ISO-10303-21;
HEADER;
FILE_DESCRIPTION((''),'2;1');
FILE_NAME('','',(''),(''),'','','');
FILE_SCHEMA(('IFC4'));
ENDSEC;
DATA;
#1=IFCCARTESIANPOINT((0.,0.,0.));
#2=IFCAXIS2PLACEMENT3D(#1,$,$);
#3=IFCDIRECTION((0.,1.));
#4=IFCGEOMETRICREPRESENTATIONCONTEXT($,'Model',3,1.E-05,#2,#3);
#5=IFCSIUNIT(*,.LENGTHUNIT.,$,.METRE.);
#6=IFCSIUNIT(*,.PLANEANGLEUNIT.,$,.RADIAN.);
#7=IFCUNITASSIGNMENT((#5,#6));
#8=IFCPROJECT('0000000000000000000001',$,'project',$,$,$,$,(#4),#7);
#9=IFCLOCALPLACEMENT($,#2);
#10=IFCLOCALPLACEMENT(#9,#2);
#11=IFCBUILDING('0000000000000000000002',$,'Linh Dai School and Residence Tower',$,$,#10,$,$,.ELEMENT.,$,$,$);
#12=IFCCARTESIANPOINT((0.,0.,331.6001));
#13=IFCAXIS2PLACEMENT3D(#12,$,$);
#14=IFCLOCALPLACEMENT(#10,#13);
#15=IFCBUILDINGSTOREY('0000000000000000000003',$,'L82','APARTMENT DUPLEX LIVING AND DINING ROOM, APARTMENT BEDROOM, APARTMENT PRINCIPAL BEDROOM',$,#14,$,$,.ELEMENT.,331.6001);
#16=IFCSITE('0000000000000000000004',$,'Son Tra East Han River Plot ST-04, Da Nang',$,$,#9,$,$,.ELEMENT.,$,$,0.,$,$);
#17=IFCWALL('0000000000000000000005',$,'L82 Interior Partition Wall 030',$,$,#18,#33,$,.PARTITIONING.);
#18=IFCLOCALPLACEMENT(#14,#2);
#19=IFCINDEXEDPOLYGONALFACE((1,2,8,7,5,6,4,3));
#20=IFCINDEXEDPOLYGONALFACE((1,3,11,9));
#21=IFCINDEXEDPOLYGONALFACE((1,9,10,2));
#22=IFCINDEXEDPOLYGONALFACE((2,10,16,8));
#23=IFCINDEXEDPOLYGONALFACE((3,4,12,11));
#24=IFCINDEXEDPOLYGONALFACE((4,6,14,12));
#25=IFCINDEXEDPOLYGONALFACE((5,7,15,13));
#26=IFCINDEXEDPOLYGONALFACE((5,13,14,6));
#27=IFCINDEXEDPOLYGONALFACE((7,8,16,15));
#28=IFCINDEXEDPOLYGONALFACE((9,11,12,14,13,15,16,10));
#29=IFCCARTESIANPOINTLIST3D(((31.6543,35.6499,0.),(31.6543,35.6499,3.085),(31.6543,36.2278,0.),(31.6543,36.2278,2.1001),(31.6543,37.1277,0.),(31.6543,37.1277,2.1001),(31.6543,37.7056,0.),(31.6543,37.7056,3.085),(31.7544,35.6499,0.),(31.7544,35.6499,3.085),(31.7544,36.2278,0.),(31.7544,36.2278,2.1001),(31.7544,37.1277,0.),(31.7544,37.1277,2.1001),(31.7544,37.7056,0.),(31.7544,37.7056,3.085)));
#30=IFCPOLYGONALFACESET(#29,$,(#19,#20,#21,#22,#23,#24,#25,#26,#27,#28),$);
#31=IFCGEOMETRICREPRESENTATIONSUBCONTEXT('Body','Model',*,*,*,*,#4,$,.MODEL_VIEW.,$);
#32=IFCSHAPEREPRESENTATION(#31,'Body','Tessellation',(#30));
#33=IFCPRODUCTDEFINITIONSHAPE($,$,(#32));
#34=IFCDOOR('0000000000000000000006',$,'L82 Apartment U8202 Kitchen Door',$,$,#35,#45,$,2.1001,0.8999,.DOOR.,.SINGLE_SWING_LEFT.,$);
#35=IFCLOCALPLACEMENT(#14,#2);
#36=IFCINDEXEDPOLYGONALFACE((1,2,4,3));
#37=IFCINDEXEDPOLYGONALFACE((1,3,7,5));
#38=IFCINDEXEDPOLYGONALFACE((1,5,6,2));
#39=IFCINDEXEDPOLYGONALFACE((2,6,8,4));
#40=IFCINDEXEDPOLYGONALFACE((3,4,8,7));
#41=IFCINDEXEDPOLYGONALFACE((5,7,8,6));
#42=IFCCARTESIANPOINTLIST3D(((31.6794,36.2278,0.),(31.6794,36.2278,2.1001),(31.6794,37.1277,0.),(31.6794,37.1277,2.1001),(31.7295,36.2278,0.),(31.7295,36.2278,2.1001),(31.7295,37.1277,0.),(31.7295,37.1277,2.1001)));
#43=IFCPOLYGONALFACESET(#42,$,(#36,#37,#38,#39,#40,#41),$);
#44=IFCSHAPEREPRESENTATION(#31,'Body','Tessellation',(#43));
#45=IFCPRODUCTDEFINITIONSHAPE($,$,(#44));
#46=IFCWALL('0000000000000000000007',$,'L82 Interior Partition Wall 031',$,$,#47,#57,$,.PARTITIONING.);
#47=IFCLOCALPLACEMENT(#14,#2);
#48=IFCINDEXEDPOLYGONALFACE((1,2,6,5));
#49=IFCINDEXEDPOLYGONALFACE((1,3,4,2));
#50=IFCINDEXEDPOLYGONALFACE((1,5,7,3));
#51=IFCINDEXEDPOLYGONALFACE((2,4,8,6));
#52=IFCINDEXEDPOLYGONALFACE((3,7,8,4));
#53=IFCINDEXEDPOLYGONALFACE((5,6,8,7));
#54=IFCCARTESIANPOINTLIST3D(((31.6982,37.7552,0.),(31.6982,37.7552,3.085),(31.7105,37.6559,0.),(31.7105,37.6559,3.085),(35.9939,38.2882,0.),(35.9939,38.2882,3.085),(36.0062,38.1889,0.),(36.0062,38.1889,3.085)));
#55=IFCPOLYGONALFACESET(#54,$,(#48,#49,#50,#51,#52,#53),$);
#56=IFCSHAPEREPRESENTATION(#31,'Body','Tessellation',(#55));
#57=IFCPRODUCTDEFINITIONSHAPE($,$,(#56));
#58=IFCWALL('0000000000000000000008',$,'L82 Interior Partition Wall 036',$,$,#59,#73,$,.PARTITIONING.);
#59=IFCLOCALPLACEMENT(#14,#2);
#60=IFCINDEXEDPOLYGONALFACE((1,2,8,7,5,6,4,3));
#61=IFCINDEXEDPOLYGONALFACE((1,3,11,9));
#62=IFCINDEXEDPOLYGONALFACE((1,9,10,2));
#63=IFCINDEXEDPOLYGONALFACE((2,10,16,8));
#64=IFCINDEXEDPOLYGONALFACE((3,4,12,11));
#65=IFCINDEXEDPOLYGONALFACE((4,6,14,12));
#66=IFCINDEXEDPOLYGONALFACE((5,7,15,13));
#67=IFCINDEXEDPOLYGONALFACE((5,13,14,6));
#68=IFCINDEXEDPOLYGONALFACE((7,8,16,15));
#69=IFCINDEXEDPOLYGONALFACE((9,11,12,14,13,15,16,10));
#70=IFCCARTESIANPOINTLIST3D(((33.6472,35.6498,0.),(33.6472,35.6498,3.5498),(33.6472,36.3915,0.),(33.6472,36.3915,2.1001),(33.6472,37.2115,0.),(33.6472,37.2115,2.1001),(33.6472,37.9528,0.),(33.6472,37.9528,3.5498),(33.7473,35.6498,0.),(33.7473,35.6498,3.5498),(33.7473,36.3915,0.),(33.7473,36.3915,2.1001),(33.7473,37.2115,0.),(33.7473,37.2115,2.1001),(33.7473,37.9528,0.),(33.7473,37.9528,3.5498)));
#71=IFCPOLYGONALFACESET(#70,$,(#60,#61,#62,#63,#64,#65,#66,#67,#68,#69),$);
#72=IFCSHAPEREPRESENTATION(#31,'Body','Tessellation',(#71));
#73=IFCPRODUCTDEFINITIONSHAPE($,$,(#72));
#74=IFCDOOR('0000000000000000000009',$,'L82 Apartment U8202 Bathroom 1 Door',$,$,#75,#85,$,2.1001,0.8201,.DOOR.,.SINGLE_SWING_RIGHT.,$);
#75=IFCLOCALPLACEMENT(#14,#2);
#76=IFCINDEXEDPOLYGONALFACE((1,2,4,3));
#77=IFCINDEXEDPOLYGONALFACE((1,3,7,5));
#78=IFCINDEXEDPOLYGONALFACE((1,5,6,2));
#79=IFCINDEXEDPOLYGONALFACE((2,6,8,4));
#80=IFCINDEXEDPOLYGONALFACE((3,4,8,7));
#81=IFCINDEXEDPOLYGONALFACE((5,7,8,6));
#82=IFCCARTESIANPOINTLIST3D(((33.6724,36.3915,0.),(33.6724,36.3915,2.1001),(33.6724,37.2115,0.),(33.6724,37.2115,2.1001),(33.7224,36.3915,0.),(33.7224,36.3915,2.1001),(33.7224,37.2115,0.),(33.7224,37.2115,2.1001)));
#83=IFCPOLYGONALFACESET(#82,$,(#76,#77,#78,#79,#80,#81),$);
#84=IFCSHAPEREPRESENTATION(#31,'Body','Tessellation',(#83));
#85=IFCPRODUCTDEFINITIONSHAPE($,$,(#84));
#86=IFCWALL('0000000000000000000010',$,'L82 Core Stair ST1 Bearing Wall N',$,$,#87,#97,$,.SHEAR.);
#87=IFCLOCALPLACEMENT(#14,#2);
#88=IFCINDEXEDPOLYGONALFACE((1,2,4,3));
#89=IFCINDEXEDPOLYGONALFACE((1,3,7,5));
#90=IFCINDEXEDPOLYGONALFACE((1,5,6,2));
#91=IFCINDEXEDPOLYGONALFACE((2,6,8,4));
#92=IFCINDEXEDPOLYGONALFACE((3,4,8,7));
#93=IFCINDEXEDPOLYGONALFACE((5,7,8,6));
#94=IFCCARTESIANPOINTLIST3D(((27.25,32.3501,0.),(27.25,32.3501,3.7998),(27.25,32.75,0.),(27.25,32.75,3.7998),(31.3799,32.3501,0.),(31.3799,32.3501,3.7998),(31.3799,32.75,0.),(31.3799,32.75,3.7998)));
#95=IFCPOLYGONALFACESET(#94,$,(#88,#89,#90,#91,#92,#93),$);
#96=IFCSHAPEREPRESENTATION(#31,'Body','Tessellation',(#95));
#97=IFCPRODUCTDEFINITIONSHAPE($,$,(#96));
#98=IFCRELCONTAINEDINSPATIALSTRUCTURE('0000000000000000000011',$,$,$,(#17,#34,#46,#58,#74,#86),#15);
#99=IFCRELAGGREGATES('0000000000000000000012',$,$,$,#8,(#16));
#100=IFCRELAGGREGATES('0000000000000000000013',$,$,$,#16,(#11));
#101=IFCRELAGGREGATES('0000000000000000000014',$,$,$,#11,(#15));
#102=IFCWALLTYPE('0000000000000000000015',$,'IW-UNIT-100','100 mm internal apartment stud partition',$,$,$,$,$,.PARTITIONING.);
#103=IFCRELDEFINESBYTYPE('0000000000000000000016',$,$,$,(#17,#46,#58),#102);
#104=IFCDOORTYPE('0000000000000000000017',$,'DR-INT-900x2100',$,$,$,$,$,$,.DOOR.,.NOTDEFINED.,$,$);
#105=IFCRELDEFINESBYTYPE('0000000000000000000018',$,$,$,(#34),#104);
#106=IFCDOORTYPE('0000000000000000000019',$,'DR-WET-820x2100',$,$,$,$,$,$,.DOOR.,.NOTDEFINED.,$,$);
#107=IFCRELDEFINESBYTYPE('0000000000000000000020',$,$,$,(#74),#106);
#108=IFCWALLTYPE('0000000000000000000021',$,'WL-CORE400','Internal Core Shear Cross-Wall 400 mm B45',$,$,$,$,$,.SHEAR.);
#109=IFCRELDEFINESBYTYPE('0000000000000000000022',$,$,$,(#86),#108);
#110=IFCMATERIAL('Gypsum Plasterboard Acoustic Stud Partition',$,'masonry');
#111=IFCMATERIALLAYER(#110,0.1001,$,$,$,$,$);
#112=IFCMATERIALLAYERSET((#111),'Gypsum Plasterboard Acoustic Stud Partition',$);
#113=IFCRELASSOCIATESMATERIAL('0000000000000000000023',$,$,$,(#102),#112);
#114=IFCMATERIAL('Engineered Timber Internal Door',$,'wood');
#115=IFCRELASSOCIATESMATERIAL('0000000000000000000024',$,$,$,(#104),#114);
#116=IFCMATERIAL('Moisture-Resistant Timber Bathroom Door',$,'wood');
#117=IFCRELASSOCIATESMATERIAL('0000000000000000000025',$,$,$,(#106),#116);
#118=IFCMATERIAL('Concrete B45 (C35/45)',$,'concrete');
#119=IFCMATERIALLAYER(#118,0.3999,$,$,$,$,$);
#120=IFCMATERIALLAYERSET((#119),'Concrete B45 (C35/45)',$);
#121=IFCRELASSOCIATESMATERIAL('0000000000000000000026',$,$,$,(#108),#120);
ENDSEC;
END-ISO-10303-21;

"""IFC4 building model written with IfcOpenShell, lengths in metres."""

from ifc_helpers import new_model, si_unit, direction, frame, frame_2d, origin, origin_2d, place, context, subcontext, project, spatial, rectangle, extrude, source, transform, mapped, material, layer, layer_set, type_object, element, fill, save


model = new_model("IFC4")

# Units and contexts
model_context = context("Model", 3, precision=1e-05, world=origin(), true_north=direction((0.0, 1.0)))
body_context = subcontext(model_context, "Body", "Model", "MODEL_VIEW")
ifc_project = project(units=[si_unit("LENGTHUNIT", "METRE"), si_unit("PLANEANGLEUNIT", "RADIAN")], contexts=[model_context])

# Site, building, storey
site_placement = place(None, origin())
site = spatial("IfcSite", under=ifc_project, at=site_placement, Name="Son Tra East Han River Plot ST-04, Da Nang", CompositionType="ELEMENT", RefElevation=0.0)
building_placement = place(site_placement, origin())
building = spatial("IfcBuilding", under=site, at=building_placement, Name="Linh Dai School and Residence Tower", CompositionType="ELEMENT")
storey_placement = place(building_placement, frame((0.0, 0.0, 331.6001)))
storey = spatial("IfcBuildingStorey", under=building, at=storey_placement, Name="L82", Description="APARTMENT DUPLEX LIVING AND DINING ROOM, APARTMENT BEDROOM, APARTMENT PRINCIPAL BEDROOM", CompositionType="ELEMENT", Elevation=331.6001)

# Shared definitions
ifc_material_1 = material(Name="Concrete B45 (C35/45)", Category="concrete")

# Shared definitions
ifc_material_2 = material(Name="Gypsum Plasterboard Acoustic Stud Partition", Category="masonry")
ifc_layer_1 = layer(ifc_material_2, 0.1001)
ifc_layer_set_1 = layer_set([ifc_layer_1], Name="Gypsum Plasterboard Acoustic Stud Partition")
wall_type_1 = type_object("IfcWallType", Name="IW-UNIT-100", Description="100 mm internal apartment stud partition", PredefinedType="PARTITIONING", material=ifc_layer_set_1)
ifc_material_3 = material(Name="Engineered Timber Internal Door", Category="wood")
door_type_1 = type_object("IfcDoorType", Name="DR-INT-900x2100", OperationType="NOTDEFINED", PredefinedType="DOOR", material=ifc_material_3)
shared_shape_1 = source(origin(), body_context, "Body", "SweptSolid", [
    extrude(rectangle(XDim=0.8999, YDim=2.1001, at=origin_2d()), frame((0.45, 0.0249, 1.05), z_axis=(0.0, -1.0, 0.0), x_axis=(1.0, 0.0, 0.0)), (0.0, 0.0, 1.0), 0.05),
])

# Wall, opening, door
wall_1_placement = place(storey_placement, frame((31.7043, 35.6499, 0.0), z_axis=(0.0, 0.0, 1.0), x_axis=(0.0, 1.0, 0.0)))
wall_1 = element("IfcWall", 1, at=wall_1_placement, inside=storey, type_object=wall_type_1, Name="L82 Interior Partition Wall 030", PredefinedType="PARTITIONING", context=body_context, shape_type="SweptSolid", body=[
    extrude(rectangle(XDim=2.0557, YDim=0.1001, at=frame_2d((1.0278, 0.0))), origin(), (0.0, 0.0, 1.0), 3.085),
])
opening_1_placement = place(wall_1_placement, frame((0.5779, 0.0, 0.0)))
opening_1 = element("IfcOpeningElement", 2, at=opening_1_placement, cuts=wall_1, PredefinedType="OPENING", context=body_context, shape_type="SweptSolid", body=[
    extrude(rectangle(XDim=0.8999, YDim=2.1001, at=origin_2d()), frame((0.45, 0.0601, 1.05), z_axis=(0.0, -1.0, 0.0), x_axis=(1.0, 0.0, 0.0)), (0.0, 0.0, 1.0), 0.1201),
])
door_1_placement = place(opening_1_placement, origin())
door_1 = element("IfcDoor", 3, at=door_1_placement, inside=storey, type_object=door_type_1, Name="L82 Apartment U8202 Kitchen Door", OperationType="SINGLE_SWING_LEFT", OverallHeight=2.1001, OverallWidth=0.8999, PredefinedType="DOOR", context=body_context, shape_type="MappedRepresentation", body=[
    mapped(shared_shape_1, transform((0.0, 0.0, 0.0), x_axis=(1.0, 0.0, 0.0), y_axis=(0.0, 1.0, 0.0), z_axis=(0.0, 0.0, 1.0), scale=1.0)),
])
fill(opening_1, door_1)

# Wall
wall_2_placement = place(storey_placement, frame((31.7043, 37.7056, 0.0), z_axis=(0.0, 0.0, 1.0), x_axis=(0.992391, 0.123125, 0.0)))
element("IfcWall", 4, at=wall_2_placement, inside=storey, type_object=wall_type_1, Name="L82 Interior Partition Wall 031", PredefinedType="PARTITIONING", context=body_context, shape_type="SweptSolid", body=[
    extrude(rectangle(XDim=4.3286, YDim=0.1001, at=frame_2d((2.1643, 0.0))), origin(), (0.0, 0.0, 1.0), 3.085),
])

# Wall, opening, door
wall_3_placement = place(storey_placement, frame((33.6973, 35.6499, 0.0), z_axis=(0.0, 0.0, 1.0), x_axis=(0.0, 1.0, 0.0)))
wall_3 = element("IfcWall", 5, at=wall_3_placement, inside=storey, type_object=wall_type_1, Name="L82 Interior Partition Wall 036", PredefinedType="PARTITIONING", context=body_context, shape_type="SweptSolid", body=[
    extrude(rectangle(XDim=2.303, YDim=0.1001, at=frame_2d((1.1514, 0.0))), origin(), (0.0, 0.0, 1.0), 3.5498),
])
opening_2_placement = place(wall_3_placement, frame((0.7415, 0.0, 0.0)))
opening_2 = element("IfcOpeningElement", 6, at=opening_2_placement, cuts=wall_3, PredefinedType="OPENING", context=body_context, shape_type="SweptSolid", body=[
    extrude(rectangle(XDim=0.8201, YDim=2.1001, at=origin_2d()), frame((0.4102, 0.0601, 1.05), z_axis=(0.0, -1.0, 0.0), x_axis=(1.0, 0.0, 0.0)), (0.0, 0.0, 1.0), 0.1201),
])
ifc_material_4 = material(Name="Moisture-Resistant Timber Bathroom Door", Category="wood")
door_type_2 = type_object("IfcDoorType", Name="DR-WET-820x2100", OperationType="NOTDEFINED", PredefinedType="DOOR", material=ifc_material_4)
shared_shape_2 = source(origin(), body_context, "Body", "SweptSolid", [
    extrude(rectangle(XDim=0.8201, YDim=2.1001, at=origin_2d()), frame((0.4102, 0.0249, 1.05), z_axis=(0.0, -1.0, 0.0), x_axis=(1.0, 0.0, 0.0)), (0.0, 0.0, 1.0), 0.05),
])
door_2_placement = place(opening_2_placement, origin())
door_2 = element("IfcDoor", 7, at=door_2_placement, inside=storey, type_object=door_type_2, Name="L82 Apartment U8202 Bathroom 1 Door", OperationType="SINGLE_SWING_RIGHT", OverallHeight=2.1001, OverallWidth=0.8201, PredefinedType="DOOR", context=body_context, shape_type="MappedRepresentation", body=[
    mapped(shared_shape_2, transform((0.0, 0.0, 0.0), x_axis=(1.0, 0.0, 0.0), y_axis=(0.0, 1.0, 0.0), z_axis=(0.0, 0.0, 1.0), scale=1.0)),
])
fill(opening_2, door_2)

# Wall
ifc_layer_2 = layer(ifc_material_1, 0.3999)
ifc_layer_set_2 = layer_set([ifc_layer_2], Name="Concrete B45 (C35/45)")
wall_type_2 = type_object("IfcWallType", Name="WL-CORE400", Description="Internal Core Shear Cross-Wall 400 mm B45", PredefinedType="SHEAR", material=ifc_layer_set_2)
wall_4_placement = place(storey_placement, frame((27.25, 32.55, 0.0), z_axis=(0.0, 0.0, 1.0), x_axis=(1.0, 0.0, 0.0)))
element("IfcWall", 8, at=wall_4_placement, inside=storey, type_object=wall_type_2, Name="L82 Core Stair ST1 Bearing Wall N", PredefinedType="SHEAR", context=body_context, shape_type="SweptSolid", body=[
    extrude(rectangle(XDim=4.1299, YDim=0.3999, at=frame_2d((2.0649, 0.0))), origin(), (0.0, 0.0, 1.0), 3.7998),
])

save(model, "model.ifc")
